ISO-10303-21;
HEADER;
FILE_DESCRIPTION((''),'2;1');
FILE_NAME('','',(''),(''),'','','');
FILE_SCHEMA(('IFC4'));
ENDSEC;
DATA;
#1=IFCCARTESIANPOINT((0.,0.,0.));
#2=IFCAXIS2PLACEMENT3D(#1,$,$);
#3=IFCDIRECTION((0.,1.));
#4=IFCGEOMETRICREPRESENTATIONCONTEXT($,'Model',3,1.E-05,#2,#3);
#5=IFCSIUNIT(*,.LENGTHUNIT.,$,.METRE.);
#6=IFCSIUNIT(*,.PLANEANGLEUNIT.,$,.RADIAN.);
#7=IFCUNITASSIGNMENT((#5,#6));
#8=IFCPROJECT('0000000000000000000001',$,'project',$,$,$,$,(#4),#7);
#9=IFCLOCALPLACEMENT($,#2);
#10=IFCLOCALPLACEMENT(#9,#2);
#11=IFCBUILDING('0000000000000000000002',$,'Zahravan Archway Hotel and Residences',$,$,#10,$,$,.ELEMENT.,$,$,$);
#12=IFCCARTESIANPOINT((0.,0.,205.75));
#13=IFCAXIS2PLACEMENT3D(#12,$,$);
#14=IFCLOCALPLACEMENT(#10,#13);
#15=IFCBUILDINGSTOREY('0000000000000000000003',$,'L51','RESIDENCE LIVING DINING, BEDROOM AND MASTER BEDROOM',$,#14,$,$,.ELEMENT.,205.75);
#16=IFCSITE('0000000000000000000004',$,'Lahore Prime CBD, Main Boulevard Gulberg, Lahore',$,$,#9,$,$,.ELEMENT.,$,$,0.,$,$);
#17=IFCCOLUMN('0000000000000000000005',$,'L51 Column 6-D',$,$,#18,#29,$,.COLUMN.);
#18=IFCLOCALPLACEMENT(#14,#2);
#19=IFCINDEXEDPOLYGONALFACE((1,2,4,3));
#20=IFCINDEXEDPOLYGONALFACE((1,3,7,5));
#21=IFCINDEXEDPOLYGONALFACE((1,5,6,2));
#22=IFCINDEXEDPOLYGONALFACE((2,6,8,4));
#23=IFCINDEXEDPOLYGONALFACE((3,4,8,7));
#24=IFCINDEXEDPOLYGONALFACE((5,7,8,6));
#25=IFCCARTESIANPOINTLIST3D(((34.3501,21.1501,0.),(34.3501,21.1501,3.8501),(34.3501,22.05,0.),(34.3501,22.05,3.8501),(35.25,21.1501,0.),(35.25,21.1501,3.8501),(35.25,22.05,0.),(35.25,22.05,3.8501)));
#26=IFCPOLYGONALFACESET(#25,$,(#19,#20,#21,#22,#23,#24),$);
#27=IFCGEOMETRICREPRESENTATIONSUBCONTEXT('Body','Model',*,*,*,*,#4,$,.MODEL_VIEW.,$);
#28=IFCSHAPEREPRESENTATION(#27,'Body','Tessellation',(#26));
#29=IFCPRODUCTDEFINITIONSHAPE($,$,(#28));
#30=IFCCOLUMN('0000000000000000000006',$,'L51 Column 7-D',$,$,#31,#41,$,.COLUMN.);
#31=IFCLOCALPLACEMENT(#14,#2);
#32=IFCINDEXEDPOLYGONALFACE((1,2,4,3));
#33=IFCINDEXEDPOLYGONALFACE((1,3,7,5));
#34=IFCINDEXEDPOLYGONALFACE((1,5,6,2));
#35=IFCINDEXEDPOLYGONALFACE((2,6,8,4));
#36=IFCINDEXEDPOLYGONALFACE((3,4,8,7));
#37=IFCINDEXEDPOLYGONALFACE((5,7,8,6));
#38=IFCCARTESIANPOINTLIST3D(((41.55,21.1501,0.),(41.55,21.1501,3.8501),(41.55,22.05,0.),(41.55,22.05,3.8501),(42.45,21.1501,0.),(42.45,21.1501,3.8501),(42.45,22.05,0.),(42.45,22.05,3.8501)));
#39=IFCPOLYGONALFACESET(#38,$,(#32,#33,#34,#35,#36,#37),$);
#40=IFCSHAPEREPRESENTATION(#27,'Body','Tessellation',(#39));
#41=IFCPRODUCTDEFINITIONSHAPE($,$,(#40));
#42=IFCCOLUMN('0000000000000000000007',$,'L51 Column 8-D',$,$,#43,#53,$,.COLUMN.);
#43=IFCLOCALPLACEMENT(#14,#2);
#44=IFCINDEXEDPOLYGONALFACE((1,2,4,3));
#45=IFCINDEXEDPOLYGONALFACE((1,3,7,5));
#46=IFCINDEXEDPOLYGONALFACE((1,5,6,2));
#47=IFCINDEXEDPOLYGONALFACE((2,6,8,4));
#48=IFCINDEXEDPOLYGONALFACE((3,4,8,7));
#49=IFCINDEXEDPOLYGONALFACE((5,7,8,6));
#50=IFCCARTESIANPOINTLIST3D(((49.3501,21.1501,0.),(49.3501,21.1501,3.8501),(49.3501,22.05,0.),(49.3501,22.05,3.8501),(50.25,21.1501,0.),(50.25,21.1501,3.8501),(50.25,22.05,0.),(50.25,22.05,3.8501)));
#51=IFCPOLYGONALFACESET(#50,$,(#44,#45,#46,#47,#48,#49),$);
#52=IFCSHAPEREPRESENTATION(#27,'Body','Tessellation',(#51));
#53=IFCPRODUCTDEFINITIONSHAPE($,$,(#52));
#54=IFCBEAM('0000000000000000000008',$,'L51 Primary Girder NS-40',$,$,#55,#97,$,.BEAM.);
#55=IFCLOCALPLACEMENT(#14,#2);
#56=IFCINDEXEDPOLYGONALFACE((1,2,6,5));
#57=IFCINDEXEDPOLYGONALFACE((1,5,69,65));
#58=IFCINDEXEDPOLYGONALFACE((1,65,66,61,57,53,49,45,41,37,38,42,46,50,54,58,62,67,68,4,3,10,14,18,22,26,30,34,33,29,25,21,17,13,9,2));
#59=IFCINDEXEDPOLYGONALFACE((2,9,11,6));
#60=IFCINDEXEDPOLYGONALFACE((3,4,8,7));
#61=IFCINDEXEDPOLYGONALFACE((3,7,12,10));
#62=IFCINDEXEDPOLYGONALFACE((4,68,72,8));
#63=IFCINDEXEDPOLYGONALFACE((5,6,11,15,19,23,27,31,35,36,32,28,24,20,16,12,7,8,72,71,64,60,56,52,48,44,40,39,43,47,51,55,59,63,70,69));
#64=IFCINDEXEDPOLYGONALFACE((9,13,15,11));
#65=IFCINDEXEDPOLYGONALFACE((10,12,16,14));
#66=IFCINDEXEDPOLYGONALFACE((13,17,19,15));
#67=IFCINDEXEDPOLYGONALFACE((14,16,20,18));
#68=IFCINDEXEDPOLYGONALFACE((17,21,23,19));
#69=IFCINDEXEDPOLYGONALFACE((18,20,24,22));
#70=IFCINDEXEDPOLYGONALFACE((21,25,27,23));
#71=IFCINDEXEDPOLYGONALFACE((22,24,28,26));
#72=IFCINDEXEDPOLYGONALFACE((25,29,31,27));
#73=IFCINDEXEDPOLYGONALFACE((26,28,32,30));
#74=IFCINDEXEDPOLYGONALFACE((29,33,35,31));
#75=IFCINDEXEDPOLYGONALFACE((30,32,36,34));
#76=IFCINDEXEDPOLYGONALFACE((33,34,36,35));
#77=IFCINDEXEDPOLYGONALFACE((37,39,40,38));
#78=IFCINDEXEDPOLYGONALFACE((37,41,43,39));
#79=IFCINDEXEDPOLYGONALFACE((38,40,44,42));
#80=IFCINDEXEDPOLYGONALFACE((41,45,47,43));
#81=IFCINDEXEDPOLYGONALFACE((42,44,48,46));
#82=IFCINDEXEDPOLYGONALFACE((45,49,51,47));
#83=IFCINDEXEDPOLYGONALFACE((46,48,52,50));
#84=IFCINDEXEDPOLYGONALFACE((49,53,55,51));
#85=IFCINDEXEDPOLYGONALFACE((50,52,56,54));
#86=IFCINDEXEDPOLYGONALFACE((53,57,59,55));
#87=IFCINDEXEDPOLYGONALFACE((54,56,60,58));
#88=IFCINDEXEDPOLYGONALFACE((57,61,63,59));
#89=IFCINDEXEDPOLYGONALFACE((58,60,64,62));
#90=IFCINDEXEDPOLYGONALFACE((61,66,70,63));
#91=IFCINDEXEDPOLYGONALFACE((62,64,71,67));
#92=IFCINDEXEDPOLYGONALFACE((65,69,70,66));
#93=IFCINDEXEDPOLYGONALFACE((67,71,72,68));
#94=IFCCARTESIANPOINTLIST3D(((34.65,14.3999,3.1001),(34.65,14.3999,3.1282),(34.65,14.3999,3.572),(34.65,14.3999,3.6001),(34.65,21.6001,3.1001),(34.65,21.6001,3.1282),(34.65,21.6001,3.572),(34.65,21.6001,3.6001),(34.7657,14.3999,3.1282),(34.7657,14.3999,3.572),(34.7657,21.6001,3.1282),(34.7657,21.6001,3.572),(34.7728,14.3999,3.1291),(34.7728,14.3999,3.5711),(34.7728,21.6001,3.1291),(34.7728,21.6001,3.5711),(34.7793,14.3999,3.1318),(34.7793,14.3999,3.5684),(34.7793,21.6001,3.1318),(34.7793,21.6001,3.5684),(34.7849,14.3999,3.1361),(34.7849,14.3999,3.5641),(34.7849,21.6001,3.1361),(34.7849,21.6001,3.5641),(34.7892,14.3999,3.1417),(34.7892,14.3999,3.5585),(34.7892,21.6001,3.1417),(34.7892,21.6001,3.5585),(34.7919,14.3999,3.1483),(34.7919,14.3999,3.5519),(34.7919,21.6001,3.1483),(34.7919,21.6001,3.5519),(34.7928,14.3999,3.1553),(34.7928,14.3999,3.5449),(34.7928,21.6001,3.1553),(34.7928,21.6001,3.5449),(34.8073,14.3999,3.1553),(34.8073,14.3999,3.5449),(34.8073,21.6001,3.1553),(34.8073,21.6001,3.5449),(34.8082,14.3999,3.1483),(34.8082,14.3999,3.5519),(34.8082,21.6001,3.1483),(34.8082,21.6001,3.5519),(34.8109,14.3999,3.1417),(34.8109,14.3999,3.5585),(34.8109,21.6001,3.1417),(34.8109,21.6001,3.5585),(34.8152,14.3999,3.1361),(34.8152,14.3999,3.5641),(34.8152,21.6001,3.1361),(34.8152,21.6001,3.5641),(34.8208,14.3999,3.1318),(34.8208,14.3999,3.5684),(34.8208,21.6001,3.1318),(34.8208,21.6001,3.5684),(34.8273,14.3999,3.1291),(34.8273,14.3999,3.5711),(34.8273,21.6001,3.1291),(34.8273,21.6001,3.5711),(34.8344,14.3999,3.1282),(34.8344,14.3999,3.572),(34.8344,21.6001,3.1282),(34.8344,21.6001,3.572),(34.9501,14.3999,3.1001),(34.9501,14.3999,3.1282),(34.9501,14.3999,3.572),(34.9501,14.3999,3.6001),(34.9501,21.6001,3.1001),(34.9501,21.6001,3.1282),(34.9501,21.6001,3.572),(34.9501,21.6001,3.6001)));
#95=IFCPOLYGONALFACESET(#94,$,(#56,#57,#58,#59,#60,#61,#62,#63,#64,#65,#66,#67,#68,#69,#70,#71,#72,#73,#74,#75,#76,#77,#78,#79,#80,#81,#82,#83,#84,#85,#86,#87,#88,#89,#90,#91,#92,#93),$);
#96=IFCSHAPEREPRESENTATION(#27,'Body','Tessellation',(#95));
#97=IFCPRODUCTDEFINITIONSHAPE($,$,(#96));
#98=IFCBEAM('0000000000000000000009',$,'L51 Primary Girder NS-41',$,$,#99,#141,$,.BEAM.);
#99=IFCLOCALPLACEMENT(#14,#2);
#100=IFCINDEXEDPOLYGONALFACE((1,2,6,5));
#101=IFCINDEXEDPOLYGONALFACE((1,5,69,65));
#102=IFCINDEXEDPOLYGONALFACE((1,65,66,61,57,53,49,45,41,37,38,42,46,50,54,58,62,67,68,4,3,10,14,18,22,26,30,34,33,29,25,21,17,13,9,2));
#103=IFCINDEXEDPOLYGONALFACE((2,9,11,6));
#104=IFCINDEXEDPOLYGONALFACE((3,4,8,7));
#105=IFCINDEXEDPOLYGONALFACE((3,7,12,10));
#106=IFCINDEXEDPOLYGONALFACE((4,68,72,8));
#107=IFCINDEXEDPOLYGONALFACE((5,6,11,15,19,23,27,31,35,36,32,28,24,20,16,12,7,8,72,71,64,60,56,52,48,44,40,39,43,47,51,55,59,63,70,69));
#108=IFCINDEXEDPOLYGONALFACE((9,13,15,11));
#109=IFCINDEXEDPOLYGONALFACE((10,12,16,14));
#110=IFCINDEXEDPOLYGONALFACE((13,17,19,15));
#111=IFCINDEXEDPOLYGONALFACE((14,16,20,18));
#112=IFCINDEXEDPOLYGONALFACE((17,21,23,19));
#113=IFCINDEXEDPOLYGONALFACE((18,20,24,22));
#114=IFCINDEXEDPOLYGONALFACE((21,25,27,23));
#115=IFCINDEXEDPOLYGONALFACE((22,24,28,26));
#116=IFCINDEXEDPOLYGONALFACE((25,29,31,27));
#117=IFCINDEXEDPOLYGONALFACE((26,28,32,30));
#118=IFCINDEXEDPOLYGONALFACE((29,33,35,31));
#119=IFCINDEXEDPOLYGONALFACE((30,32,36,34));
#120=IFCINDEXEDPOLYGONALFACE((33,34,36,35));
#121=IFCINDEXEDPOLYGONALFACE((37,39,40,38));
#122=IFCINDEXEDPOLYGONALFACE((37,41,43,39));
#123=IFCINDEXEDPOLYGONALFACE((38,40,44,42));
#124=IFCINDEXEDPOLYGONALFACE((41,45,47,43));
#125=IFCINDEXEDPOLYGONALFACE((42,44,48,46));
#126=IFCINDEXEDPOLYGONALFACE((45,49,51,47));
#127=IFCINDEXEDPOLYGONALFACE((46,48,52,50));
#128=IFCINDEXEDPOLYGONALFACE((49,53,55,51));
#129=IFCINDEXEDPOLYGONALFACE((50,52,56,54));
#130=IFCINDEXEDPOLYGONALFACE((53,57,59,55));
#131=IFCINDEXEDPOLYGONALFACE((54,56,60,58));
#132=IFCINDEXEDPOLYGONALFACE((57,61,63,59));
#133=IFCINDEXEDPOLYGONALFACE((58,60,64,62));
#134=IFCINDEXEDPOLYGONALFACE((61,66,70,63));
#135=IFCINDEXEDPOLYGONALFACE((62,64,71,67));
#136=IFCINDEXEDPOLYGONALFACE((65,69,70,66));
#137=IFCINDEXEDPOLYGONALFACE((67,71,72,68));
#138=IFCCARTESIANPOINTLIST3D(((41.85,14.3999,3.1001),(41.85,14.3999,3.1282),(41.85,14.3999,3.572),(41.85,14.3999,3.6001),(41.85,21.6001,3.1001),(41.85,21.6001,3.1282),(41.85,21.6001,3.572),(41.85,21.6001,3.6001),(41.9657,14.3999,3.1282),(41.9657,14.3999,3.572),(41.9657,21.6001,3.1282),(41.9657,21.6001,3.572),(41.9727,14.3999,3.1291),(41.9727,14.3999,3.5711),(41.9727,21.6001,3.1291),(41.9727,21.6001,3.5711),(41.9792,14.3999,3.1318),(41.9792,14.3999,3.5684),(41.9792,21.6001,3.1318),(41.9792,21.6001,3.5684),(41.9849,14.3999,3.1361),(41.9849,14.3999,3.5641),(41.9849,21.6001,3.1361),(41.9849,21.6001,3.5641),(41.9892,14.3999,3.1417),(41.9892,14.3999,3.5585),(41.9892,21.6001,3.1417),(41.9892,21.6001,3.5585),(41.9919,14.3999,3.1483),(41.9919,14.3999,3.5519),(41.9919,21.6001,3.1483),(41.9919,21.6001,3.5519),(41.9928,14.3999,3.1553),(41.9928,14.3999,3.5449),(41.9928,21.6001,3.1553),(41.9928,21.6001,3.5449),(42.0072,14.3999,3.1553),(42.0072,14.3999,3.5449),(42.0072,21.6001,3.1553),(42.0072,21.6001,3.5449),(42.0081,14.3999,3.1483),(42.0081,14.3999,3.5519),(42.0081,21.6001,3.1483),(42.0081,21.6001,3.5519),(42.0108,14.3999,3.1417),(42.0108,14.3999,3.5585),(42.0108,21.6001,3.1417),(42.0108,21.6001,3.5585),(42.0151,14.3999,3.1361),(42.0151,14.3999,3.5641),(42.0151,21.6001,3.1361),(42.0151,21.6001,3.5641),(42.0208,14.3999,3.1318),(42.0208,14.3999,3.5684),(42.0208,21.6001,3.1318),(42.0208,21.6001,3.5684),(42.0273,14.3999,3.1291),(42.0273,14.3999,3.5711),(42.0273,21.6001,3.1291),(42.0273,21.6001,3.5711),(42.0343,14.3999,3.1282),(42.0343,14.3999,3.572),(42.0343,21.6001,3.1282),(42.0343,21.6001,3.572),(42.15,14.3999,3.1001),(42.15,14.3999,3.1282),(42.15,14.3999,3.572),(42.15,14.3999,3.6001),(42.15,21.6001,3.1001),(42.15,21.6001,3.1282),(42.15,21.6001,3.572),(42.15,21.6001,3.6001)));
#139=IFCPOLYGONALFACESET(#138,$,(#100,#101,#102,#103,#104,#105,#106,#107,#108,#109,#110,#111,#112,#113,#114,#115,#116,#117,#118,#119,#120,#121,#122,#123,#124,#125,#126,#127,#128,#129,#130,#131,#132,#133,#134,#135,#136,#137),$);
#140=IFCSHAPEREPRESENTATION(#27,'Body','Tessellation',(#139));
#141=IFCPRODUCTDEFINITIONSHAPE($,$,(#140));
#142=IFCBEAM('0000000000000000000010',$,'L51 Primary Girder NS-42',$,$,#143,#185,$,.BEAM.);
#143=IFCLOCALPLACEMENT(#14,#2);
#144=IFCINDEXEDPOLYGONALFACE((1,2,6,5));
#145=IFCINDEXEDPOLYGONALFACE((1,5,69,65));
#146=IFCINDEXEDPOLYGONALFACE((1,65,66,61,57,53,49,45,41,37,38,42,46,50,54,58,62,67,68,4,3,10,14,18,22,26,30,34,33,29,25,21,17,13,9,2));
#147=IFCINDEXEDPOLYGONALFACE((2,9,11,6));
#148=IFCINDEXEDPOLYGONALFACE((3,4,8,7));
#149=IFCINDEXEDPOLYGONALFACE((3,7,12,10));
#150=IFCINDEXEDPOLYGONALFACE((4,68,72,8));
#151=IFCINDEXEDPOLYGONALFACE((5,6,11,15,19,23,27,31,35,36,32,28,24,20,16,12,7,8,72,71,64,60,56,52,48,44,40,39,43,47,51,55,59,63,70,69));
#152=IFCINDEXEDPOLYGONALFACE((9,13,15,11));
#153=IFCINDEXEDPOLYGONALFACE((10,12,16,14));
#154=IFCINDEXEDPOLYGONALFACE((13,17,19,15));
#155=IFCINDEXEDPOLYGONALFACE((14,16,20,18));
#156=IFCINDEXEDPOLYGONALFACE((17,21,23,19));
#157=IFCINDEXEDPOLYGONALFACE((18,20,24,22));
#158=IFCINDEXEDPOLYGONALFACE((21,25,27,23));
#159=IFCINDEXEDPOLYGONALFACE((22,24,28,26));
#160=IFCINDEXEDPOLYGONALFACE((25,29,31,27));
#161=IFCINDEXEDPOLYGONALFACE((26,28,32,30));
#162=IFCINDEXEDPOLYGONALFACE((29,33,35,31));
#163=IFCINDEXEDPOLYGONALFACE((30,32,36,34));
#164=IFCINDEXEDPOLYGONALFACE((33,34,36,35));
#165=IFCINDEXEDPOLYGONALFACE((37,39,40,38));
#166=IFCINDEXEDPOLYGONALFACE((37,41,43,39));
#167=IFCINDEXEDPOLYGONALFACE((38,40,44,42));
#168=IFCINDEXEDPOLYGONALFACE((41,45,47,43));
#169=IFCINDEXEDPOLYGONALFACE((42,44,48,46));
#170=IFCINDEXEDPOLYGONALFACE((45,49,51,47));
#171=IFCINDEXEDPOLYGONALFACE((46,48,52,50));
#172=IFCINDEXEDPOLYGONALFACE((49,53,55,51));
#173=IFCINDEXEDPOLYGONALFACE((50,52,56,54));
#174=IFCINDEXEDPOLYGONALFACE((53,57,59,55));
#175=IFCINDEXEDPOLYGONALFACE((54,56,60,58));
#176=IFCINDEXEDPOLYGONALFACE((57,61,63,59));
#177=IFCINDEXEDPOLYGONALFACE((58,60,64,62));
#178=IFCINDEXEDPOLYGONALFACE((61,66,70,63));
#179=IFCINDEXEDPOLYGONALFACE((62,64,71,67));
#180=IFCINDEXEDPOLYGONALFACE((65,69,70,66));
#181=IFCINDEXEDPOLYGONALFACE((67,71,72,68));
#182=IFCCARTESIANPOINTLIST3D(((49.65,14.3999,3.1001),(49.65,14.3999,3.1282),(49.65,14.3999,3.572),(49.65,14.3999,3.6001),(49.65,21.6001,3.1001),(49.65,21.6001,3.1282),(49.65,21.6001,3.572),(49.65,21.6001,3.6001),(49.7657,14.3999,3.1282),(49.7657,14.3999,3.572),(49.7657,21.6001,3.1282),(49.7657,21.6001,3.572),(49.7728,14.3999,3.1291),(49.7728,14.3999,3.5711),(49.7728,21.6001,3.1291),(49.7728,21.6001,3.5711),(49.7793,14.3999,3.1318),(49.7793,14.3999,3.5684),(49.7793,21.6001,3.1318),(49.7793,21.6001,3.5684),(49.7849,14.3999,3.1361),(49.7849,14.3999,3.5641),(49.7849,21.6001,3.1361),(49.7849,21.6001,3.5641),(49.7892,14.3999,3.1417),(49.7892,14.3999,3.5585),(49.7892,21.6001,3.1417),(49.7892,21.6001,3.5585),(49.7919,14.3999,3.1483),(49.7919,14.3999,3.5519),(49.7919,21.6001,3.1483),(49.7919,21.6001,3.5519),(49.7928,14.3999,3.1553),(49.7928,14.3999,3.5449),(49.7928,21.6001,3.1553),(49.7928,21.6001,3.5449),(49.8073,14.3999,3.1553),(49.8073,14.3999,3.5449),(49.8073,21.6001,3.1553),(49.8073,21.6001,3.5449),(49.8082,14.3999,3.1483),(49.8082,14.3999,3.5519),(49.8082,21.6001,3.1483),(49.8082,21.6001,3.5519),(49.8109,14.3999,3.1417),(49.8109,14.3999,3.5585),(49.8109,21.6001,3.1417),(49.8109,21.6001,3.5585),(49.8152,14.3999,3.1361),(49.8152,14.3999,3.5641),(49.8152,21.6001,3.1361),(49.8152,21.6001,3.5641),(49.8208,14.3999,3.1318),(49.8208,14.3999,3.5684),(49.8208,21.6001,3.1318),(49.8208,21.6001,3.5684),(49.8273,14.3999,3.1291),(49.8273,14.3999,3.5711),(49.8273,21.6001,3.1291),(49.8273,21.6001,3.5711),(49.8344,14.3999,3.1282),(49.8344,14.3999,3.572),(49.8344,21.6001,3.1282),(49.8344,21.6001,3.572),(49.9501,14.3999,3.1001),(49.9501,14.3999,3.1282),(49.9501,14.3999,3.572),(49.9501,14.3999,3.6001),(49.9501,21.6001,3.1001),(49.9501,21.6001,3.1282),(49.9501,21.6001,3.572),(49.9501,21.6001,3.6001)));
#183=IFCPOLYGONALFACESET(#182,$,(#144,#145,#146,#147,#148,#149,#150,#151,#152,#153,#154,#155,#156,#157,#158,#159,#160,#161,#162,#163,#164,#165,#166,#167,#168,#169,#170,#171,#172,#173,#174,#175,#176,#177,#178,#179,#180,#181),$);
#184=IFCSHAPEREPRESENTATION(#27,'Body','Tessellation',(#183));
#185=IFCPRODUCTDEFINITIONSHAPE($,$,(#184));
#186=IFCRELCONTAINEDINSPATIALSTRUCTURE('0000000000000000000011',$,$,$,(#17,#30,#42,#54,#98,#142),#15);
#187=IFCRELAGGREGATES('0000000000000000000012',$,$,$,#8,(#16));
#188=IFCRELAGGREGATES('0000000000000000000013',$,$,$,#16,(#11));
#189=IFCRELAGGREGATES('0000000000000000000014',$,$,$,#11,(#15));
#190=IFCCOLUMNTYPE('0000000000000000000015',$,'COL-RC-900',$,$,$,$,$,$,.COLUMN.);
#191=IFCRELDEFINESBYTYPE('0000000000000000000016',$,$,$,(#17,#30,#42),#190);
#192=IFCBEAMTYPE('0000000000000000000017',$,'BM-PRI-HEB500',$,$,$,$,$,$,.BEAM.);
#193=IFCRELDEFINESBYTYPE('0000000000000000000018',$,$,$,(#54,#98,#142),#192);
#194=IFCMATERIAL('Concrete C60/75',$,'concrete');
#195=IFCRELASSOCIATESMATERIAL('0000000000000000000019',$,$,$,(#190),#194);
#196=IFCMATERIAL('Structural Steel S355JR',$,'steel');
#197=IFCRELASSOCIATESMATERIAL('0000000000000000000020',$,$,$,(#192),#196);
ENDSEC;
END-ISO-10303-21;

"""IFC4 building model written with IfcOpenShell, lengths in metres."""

from ifc_helpers import new_model, si_unit, direction, frame, origin, origin_2d, place, context, subcontext, project, spatial, rectangle, i_section, extrude, source, transform, mapped, material, material_profile, profile_set, type_object, type_shapes, element, save


model = new_model("IFC4")

# Units and contexts
model_context = context("Model", 3, precision=1e-05, world=origin(), true_north=direction((0.0, 1.0)))
body_context = subcontext(model_context, "Body", "Model", "MODEL_VIEW")
ifc_project = project(units=[si_unit("LENGTHUNIT", "METRE"), si_unit("PLANEANGLEUNIT", "RADIAN")], contexts=[model_context])

# Site, building, storey
site_placement = place(None, origin())
site = spatial("IfcSite", under=ifc_project, at=site_placement, Name="Lahore Prime CBD, Main Boulevard Gulberg, Lahore", CompositionType="ELEMENT", RefElevation=0.0)
building_placement = place(site_placement, origin())
building = spatial("IfcBuilding", under=site, at=building_placement, Name="Zahravan Archway Hotel and Residences", CompositionType="ELEMENT")
storey_placement = place(building_placement, frame((0.0, 0.0, 205.75)))
storey = spatial("IfcBuildingStorey", under=building, at=storey_placement, Name="L51", Description="RESIDENCE LIVING DINING, BEDROOM AND MASTER BEDROOM", CompositionType="ELEMENT", Elevation=205.75)

# Columns
ifc_material_1 = material(Name="Concrete C60/75", Category="concrete")
ifc_material_profile_1 = material_profile(ifc_material_1, rectangle(XDim=0.8999, YDim=0.8999, at=origin_2d()), Name="RC-COL-900x900", Category="concrete")
ifc_profile_set_1 = profile_set([ifc_material_profile_1], Name="Concrete C60/75")
column_type = type_object("IfcColumnType", Name="COL-RC-900", PredefinedType="COLUMN", material=ifc_profile_set_1)
shared_shape_1 = source(origin(), body_context, "Body", "SweptSolid", [
    extrude(rectangle(XDim=0.8999, YDim=0.8999, at=origin_2d()), origin(), (0.0, 0.0, 1.0), 3.8501),
])
type_shapes(column_type, [shared_shape_1])
for number, where, z_axis, x_axis, name in (
    (1, (34.8, 21.6001, 0.0), (0.0, 0.0, 1.0), (1.0, 0.0, 0.0), "L51 Column 6-D"),
    (2, (42.0, 21.6001, 0.0), (0.0, 0.0, 1.0), (1.0, 0.0, 0.0), "L51 Column 7-D"),
    (3, (49.8, 21.6001, 0.0), (0.0, 0.0, 1.0), (1.0, 0.0, 0.0), "L51 Column 8-D"),
):
    element("IfcColumn", number, at=place(storey_placement, frame(where, z_axis=z_axis, x_axis=x_axis)), inside=storey, type_object=column_type, Name=name, PredefinedType="COLUMN", context=body_context, shape_type="MappedRepresentation", body=[
        mapped(shared_shape_1, transform((0.0, 0.0, 0.0), scale=1.0)),
    ])

# Beams
ifc_material_2 = material(Name="Structural Steel S355JR", Category="steel")
ifc_material_profile_2 = material_profile(ifc_material_2, i_section(OverallWidth=0.3, OverallDepth=0.5, WebThickness=0.0144, FlangeThickness=0.0281, FilletRadius=0.0271, at=origin_2d()), Name="HEB 500", Category="steel")
ifc_profile_set_2 = profile_set([ifc_material_profile_2], Name="Structural Steel S355JR")
beam_type_1 = type_object("IfcBeamType", Name="BM-PRI-HEB500", PredefinedType="BEAM", material=ifc_profile_set_2)
shared_shape_2 = source(origin(), body_context, "Body", "SweptSolid", [
    extrude(i_section(OverallWidth=0.3, OverallDepth=0.5, WebThickness=0.0144, FlangeThickness=0.0281, FilletRadius=0.0271, at=origin_2d()), origin(), (0.0, 0.0, 1.0), 7.2002),
])
type_shapes(beam_type_1, [shared_shape_2])
for number, where, z_axis, x_axis, name in (
    (4, (34.8, 14.3999, 3.3501), (0.0, 1.0, 0.0), (-1.0, 0.0, 0.0), "L51 Primary Girder NS-40"),
    (5, (42.0, 14.3999, 3.3501), (0.0, 1.0, 0.0), (-1.0, 0.0, 0.0), "L51 Primary Girder NS-41"),
    (6, (49.8, 14.3999, 3.3501), (0.0, 1.0, 0.0), (-1.0, 0.0, 0.0), "L51 Primary Girder NS-42"),
):
    element("IfcBeam", number, at=place(storey_placement, frame(where, z_axis=z_axis, x_axis=x_axis)), inside=storey, type_object=beam_type_1, Name=name, PredefinedType="BEAM", context=body_context, shape_type="MappedRepresentation", body=[
        mapped(shared_shape_2, transform((0.0, 0.0, 0.0), scale=1.0)),
    ])

save(model, "model.ifc")
